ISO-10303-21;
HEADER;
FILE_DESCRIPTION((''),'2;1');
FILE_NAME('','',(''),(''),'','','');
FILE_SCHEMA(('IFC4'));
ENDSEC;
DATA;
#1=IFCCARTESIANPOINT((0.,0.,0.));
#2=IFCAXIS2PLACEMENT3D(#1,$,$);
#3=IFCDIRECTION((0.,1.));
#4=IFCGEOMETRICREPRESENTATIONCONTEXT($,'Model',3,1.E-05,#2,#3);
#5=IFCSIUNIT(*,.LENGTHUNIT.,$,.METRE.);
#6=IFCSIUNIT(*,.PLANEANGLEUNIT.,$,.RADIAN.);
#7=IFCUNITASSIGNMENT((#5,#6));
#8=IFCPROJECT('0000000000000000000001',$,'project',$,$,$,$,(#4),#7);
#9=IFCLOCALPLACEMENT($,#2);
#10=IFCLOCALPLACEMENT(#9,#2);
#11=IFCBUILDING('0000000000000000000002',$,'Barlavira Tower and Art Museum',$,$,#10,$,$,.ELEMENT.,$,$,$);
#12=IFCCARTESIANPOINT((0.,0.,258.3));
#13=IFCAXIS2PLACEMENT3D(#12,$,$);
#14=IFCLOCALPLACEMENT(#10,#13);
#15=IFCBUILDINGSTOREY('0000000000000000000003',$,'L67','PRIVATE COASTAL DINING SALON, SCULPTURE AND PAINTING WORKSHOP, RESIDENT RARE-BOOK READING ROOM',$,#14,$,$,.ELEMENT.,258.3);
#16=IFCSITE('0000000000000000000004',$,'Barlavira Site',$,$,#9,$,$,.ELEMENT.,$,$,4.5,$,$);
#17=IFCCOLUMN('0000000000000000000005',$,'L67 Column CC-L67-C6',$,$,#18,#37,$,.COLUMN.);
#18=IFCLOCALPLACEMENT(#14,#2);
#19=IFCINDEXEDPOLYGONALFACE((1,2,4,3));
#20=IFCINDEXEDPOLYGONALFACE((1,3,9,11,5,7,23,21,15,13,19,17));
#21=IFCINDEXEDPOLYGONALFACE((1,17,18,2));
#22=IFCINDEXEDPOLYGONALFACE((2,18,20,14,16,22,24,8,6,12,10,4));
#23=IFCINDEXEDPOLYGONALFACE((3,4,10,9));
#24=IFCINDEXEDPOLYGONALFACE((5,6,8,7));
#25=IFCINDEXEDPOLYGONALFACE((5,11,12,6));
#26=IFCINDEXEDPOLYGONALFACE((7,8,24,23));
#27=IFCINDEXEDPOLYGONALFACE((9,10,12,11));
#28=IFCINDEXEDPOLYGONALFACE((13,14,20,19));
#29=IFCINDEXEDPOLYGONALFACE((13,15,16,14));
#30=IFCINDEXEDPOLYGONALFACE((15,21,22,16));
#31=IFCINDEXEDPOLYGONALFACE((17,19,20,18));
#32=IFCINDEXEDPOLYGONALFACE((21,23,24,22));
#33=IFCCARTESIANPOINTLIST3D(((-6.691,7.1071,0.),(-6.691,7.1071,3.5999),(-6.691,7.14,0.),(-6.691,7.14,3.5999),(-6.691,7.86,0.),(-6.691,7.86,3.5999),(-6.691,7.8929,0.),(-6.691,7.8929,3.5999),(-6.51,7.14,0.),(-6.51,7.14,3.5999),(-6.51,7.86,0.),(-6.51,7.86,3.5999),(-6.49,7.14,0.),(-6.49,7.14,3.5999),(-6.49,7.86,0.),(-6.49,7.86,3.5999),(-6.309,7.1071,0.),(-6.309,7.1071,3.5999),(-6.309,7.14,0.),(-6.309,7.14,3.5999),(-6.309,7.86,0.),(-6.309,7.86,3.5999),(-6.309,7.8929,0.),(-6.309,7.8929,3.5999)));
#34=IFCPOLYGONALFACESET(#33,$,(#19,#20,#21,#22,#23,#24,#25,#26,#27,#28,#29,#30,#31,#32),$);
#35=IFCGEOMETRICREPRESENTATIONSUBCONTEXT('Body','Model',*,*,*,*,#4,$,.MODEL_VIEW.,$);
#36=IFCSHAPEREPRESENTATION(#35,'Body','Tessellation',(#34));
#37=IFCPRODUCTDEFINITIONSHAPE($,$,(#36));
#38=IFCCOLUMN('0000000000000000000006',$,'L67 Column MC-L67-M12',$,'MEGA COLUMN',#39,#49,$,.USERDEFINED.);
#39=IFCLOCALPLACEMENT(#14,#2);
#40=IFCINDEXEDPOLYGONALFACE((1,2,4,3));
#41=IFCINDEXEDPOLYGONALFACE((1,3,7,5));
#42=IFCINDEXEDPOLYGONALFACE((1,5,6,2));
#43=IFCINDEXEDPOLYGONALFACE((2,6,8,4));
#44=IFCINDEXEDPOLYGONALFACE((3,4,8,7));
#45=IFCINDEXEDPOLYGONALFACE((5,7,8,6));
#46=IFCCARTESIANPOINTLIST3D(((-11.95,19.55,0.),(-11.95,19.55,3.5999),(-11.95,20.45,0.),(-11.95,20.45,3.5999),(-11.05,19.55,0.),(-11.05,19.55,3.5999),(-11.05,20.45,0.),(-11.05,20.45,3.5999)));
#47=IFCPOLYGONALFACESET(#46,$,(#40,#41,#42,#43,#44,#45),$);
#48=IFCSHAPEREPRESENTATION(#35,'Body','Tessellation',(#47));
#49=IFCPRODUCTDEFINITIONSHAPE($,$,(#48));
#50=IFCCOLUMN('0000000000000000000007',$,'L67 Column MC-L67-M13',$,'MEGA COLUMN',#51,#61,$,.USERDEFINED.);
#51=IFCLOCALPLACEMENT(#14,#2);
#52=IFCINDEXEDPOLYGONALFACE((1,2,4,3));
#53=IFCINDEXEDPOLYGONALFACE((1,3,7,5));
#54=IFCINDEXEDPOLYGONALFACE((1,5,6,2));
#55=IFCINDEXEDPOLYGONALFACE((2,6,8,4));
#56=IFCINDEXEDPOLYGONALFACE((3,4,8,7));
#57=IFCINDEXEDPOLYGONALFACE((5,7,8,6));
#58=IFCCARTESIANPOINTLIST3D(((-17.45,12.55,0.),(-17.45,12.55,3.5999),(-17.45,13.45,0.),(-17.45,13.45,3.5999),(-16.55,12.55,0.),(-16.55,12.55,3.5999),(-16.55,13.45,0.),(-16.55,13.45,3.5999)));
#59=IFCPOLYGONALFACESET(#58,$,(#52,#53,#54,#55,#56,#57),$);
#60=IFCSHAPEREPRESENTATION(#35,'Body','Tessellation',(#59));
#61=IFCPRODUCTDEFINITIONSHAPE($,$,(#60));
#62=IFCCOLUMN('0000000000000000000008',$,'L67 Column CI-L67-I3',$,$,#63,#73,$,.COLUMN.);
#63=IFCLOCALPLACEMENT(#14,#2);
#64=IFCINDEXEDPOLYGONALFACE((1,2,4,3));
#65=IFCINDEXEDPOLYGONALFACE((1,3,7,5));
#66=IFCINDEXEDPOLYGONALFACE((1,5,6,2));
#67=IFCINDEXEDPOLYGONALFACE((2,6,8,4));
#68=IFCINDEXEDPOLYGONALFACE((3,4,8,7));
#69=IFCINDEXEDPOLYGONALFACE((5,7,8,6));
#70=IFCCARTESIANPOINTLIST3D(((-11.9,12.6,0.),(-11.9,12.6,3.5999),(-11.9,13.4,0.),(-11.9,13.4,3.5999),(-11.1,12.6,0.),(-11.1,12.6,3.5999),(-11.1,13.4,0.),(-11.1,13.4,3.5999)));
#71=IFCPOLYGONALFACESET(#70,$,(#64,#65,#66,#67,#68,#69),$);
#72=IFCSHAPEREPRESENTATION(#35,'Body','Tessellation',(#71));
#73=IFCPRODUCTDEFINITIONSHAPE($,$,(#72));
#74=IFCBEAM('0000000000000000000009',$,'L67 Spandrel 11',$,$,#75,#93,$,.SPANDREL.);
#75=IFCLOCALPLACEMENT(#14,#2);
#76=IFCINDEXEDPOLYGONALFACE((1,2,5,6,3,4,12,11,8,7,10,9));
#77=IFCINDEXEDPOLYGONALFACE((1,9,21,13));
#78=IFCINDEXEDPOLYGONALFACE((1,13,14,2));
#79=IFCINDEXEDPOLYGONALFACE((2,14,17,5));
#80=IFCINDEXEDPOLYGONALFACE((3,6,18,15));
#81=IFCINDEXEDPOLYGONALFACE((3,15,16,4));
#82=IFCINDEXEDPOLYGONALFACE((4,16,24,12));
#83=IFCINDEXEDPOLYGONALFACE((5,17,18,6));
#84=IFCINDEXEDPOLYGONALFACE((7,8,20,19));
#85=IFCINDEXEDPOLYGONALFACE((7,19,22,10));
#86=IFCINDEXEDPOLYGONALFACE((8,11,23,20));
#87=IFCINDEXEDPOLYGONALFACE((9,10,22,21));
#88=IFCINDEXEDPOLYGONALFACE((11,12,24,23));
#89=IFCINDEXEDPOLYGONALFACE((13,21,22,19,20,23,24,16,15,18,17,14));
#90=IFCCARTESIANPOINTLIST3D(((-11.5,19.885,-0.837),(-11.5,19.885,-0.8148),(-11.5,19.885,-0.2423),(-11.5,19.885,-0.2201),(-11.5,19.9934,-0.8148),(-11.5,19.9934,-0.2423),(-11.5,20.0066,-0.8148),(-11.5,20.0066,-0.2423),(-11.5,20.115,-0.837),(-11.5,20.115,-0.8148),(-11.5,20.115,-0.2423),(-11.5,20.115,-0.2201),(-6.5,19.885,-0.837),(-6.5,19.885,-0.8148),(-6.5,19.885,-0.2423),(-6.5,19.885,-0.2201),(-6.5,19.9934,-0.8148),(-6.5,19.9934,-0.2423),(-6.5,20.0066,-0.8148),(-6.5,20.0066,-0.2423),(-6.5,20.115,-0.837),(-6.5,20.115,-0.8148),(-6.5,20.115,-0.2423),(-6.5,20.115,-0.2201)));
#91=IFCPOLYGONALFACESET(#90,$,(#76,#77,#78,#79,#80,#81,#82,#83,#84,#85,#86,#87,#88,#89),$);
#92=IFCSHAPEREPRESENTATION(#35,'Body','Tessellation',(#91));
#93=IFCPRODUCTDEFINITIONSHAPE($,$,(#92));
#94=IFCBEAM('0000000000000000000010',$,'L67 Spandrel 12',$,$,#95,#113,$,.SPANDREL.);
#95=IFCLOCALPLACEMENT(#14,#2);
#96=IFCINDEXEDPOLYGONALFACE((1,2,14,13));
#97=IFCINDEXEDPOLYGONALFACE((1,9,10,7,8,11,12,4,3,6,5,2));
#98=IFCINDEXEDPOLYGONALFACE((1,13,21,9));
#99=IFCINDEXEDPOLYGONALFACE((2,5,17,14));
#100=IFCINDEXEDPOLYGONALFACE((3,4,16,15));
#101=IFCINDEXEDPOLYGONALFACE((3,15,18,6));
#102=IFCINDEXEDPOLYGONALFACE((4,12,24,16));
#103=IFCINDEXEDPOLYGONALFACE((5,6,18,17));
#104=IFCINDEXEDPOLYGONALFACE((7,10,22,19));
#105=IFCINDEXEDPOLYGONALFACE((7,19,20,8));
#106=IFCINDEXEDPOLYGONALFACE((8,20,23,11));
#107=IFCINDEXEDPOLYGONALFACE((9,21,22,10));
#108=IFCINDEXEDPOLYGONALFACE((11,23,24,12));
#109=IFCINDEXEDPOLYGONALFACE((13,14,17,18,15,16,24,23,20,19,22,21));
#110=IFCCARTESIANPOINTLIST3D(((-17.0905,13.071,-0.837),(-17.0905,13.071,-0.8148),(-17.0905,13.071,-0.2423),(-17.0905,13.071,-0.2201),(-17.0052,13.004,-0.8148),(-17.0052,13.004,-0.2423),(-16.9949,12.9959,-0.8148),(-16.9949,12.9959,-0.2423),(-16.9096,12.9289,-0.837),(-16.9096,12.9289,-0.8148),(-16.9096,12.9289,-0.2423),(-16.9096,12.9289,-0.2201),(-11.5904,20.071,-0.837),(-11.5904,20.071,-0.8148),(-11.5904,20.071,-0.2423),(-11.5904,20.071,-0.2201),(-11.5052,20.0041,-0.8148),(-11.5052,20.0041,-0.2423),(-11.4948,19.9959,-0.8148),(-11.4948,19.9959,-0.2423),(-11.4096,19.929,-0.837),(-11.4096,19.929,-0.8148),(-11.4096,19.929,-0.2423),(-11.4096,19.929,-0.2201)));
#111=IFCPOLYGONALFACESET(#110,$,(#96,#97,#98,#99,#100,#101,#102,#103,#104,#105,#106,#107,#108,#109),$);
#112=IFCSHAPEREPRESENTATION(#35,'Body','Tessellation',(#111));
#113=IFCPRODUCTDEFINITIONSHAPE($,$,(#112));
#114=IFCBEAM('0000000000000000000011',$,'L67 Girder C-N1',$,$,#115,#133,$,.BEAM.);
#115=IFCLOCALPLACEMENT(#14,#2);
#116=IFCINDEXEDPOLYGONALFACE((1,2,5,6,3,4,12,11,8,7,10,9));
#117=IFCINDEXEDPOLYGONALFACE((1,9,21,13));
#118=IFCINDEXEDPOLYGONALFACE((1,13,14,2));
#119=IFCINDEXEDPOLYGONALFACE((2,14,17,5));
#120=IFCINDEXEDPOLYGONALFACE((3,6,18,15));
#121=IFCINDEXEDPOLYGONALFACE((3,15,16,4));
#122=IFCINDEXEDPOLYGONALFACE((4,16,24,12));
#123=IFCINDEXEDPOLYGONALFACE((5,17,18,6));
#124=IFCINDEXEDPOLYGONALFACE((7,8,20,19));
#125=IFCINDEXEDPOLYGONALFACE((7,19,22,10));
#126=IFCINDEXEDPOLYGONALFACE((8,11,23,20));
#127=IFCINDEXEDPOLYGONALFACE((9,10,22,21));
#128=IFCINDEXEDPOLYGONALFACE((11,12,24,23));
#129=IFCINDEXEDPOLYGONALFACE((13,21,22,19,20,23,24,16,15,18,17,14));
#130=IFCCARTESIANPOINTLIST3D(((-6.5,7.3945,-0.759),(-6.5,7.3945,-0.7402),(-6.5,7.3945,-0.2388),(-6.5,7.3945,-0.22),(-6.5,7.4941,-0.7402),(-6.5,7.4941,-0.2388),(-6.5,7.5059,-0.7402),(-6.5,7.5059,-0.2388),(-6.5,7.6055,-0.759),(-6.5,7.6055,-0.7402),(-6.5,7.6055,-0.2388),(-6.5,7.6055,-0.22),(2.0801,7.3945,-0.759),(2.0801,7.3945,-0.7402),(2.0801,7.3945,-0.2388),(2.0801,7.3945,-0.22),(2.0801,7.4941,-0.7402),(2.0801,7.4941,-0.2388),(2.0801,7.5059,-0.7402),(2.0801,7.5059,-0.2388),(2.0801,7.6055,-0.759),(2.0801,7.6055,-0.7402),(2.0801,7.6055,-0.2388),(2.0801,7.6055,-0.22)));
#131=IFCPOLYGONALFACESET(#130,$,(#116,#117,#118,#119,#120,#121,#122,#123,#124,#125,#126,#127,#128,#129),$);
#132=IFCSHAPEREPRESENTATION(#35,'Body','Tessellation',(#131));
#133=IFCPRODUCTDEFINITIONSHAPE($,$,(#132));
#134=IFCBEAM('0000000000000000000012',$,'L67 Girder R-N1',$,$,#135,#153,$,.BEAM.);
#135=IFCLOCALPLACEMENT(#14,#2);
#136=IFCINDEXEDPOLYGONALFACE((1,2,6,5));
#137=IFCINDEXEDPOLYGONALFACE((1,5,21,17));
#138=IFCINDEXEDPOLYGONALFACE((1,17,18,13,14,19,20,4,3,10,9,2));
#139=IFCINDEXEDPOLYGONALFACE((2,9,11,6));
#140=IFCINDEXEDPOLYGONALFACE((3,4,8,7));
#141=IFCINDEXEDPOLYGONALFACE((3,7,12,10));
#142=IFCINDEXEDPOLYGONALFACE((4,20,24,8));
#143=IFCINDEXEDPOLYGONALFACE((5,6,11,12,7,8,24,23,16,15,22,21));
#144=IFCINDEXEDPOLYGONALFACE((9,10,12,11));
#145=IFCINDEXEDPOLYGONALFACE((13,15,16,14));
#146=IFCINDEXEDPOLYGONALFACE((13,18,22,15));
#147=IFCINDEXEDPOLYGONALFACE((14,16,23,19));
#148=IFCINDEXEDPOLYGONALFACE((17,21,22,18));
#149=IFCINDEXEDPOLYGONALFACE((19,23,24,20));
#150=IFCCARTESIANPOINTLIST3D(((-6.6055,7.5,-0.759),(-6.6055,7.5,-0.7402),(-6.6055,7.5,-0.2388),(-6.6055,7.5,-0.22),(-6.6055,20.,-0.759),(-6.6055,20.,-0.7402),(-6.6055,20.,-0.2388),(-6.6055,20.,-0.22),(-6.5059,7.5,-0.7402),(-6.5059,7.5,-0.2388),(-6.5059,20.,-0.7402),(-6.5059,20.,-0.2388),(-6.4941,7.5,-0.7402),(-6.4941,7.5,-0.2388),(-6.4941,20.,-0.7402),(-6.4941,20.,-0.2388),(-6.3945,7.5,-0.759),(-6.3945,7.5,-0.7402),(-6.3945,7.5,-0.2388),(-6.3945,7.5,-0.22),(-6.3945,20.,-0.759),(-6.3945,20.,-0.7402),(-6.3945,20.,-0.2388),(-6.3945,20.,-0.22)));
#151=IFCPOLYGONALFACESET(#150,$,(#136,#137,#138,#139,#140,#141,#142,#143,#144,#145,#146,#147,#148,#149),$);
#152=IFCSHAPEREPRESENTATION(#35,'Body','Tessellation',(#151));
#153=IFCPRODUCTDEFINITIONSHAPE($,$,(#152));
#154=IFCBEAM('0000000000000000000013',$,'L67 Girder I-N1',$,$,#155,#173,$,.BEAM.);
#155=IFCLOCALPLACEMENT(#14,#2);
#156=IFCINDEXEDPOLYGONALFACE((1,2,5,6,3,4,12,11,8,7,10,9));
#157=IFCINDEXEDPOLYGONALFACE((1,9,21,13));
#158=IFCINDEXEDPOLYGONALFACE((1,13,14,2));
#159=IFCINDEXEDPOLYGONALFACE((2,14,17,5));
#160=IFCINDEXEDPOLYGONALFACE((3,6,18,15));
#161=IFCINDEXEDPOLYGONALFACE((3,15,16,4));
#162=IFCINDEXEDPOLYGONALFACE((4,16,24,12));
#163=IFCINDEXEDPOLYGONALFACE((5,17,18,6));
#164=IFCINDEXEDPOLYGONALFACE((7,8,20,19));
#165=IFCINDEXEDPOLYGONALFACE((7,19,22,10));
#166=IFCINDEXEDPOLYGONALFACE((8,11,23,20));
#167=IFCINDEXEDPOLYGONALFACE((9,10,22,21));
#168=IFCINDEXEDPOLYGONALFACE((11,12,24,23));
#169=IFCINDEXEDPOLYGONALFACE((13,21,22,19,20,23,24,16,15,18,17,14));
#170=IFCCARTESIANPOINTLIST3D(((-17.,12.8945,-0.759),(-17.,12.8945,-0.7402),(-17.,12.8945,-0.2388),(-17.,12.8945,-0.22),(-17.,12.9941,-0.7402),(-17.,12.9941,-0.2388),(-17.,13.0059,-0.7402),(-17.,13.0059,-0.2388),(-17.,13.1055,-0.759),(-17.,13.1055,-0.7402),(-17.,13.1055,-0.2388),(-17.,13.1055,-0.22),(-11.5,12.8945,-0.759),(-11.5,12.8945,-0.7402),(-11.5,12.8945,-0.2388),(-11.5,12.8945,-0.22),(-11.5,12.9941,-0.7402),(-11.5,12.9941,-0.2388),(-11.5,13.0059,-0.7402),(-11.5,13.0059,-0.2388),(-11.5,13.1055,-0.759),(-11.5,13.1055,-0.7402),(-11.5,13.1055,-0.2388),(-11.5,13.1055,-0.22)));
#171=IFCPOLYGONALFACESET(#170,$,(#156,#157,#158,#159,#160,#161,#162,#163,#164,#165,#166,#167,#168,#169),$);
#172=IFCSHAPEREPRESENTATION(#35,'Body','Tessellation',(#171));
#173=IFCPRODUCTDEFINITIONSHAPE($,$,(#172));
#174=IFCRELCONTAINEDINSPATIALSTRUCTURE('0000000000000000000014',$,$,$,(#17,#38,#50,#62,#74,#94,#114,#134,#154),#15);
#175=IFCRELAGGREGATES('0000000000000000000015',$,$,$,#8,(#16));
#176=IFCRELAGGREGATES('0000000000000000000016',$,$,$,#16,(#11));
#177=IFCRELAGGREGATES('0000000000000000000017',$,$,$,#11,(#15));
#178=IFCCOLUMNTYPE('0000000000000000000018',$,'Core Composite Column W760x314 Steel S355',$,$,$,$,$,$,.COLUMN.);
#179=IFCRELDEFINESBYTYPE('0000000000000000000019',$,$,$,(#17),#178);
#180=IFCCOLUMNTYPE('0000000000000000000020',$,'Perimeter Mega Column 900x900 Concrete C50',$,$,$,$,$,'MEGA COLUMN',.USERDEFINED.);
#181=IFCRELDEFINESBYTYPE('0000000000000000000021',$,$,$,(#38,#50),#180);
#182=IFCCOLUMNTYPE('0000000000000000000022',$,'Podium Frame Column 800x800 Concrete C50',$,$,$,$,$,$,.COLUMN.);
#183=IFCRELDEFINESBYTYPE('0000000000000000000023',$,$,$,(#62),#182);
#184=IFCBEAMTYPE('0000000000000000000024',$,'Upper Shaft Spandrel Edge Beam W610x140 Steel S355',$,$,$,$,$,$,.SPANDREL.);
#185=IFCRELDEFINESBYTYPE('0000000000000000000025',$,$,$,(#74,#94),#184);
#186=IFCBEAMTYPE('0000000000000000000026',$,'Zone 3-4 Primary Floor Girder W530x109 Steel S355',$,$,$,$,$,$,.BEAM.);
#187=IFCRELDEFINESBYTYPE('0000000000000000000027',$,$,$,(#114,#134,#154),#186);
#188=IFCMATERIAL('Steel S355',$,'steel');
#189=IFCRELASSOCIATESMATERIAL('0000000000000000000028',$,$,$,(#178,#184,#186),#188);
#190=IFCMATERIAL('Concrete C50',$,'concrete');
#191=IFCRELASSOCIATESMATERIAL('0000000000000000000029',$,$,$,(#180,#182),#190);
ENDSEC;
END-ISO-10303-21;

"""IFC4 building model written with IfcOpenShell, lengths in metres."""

from ifc_helpers import new_model, si_unit, direction, frame, origin, origin_2d, place, context, subcontext, project, spatial, rectangle, i_section, extrude, material, material_profile, profile_set, type_object, element, save


model = new_model("IFC4")

# Units and contexts
model_context = context("Model", 3, precision=1e-05, world=origin(), true_north=direction((0.0, 1.0)))
body_context = subcontext(model_context, "Body", "Model", "MODEL_VIEW")
ifc_project = project(units=[si_unit("LENGTHUNIT", "METRE"), si_unit("PLANEANGLEUNIT", "RADIAN")], contexts=[model_context])

# Site, building, storey
site_placement = place(None, origin())
site = spatial("IfcSite", under=ifc_project, at=site_placement, Name="Barlavira Site", CompositionType="ELEMENT", RefElevation=4.5)
building_placement = place(site_placement, origin())
building = spatial("IfcBuilding", under=site, at=building_placement, Name="Barlavira Tower and Art Museum", CompositionType="ELEMENT")
storey_placement = place(building_placement, frame((0.0, 0.0, 258.3)))
storey = spatial("IfcBuildingStorey", under=building, at=storey_placement, Name="L67", Description="PRIVATE COASTAL DINING SALON, SCULPTURE AND PAINTING WORKSHOP, RESIDENT RARE-BOOK READING ROOM", CompositionType="ELEMENT", Elevation=258.3)

# Columns
ifc_material_1 = material(Name="Steel S355", Category="steel")
ifc_material_profile_1 = material_profile(ifc_material_1, i_section(OverallWidth=0.3821, OverallDepth=0.7859, WebThickness=0.02, FlangeThickness=0.033, at=origin_2d()), Name="W760x314.0")
ifc_profile_set_1 = profile_set([ifc_material_profile_1], Name="Steel S355")
column_type_1 = type_object("IfcColumnType", Name="Core Composite Column W760x314 Steel S355", PredefinedType="COLUMN", material=ifc_profile_set_1)
column_1_placement = place(storey_placement, frame((-6.5, 7.5, 0.0), z_axis=(0.0, 0.0, 1.0), x_axis=(1.0, 0.0, 0.0)))
element("IfcColumn", 1, at=column_1_placement, inside=storey, type_object=column_type_1, Name="L67 Column CC-L67-C6", PredefinedType="COLUMN", context=body_context, shape_type="SweptSolid", body=[
    extrude(i_section(OverallWidth=0.3821, OverallDepth=0.7859, WebThickness=0.02, FlangeThickness=0.033, at=origin_2d()), origin(), (0.0, 0.0, 1.0), 3.5999),
])
ifc_material_2 = material(Name="Concrete C50", Category="concrete")
ifc_material_profile_2 = material_profile(ifc_material_2, rectangle(XDim=0.8999, YDim=0.8999, at=origin_2d()), Name="RC-COL 900x900")
ifc_profile_set_2 = profile_set([ifc_material_profile_2], Name="Concrete C50")
column_type_2 = type_object("IfcColumnType", Name="Perimeter Mega Column 900x900 Concrete C50", ElementType="MEGA COLUMN", PredefinedType="USERDEFINED", material=ifc_profile_set_2)
for number, where, z_axis, x_axis, name in (
    (2, (-11.5, 20.0, 0.0), (0.0, 0.0, 1.0), (1.0, 0.0, 0.0), "L67 Column MC-L67-M12"),
    (3, (-17.0, 13.0, 0.0), (0.0, 0.0, 1.0), (1.0, 0.0, 0.0), "L67 Column MC-L67-M13"),
):
    element("IfcColumn", number, at=place(storey_placement, frame(where, z_axis=z_axis, x_axis=x_axis)), inside=storey, type_object=column_type_2, Name=name, ObjectType="MEGA COLUMN", PredefinedType="USERDEFINED", context=body_context, shape_type="SweptSolid", body=[
        extrude(rectangle(XDim=0.8999, YDim=0.8999, at=origin_2d()), origin(), (0.0, 0.0, 1.0), 3.5999),
    ])
ifc_material_profile_3 = material_profile(ifc_material_2, rectangle(XDim=0.8, YDim=0.8, at=origin_2d()), Name="RC-COL 800x800")
ifc_profile_set_3 = profile_set([ifc_material_profile_3], Name="Concrete C50")
column_type_3 = type_object("IfcColumnType", Name="Podium Frame Column 800x800 Concrete C50", PredefinedType="COLUMN", material=ifc_profile_set_3)
column_2_placement = place(storey_placement, frame((-11.5, 13.0, 0.0), z_axis=(0.0, 0.0, 1.0), x_axis=(1.0, 0.0, 0.0)))
element("IfcColumn", 4, at=column_2_placement, inside=storey, type_object=column_type_3, Name="L67 Column CI-L67-I3", PredefinedType="COLUMN", context=body_context, shape_type="SweptSolid", body=[
    extrude(rectangle(XDim=0.8, YDim=0.8, at=origin_2d()), origin(), (0.0, 0.0, 1.0), 3.5999),
])

# Beams
ifc_material_profile_4 = material_profile(ifc_material_1, i_section(OverallWidth=0.23, OverallDepth=0.6169, WebThickness=0.0132, FlangeThickness=0.0222, at=origin_2d()), Name="W610x140.0")
ifc_profile_set_4 = profile_set([ifc_material_profile_4], Name="Steel S355")
beam_type_1 = type_object("IfcBeamType", Name="Upper Shaft Spandrel Edge Beam W610x140 Steel S355", PredefinedType="SPANDREL", material=ifc_profile_set_4)
beam_1_placement = place(storey_placement, frame((-11.5, 20.0, -0.5286), z_axis=(1.0, 0.0, 0.0), x_axis=(0.0, 1.0, 0.0)))
element("IfcBeam", 5, at=beam_1_placement, inside=storey, type_object=beam_type_1, Name="L67 Spandrel 11", PredefinedType="SPANDREL", context=body_context, shape_type="SweptSolid", body=[
    extrude(i_section(OverallWidth=0.23, OverallDepth=0.6169, WebThickness=0.0132, FlangeThickness=0.0222, at=origin_2d()), origin(), (0.0, 0.0, 1.0), 5.0),
])
beam_2_placement = place(storey_placement, frame((-11.5, 20.0, -0.5286), z_axis=(-0.617822, -0.786318, 0.0), x_axis=(0.786318, -0.617822, 0.0)))
element("IfcBeam", 6, at=beam_2_placement, inside=storey, type_object=beam_type_1, Name="L67 Spandrel 12", PredefinedType="SPANDREL", context=body_context, shape_type="SweptSolid", body=[
    extrude(i_section(OverallWidth=0.23, OverallDepth=0.6169, WebThickness=0.0132, FlangeThickness=0.0222, at=origin_2d()), origin(), (0.0, 0.0, 1.0), 8.9023),
])
ifc_material_profile_5 = material_profile(ifc_material_1, i_section(OverallWidth=0.2109, OverallDepth=0.5391, WebThickness=0.0117, FlangeThickness=0.0188, at=origin_2d()), Name="W530x109.0")
ifc_profile_set_5 = profile_set([ifc_material_profile_5], Name="Steel S355")
beam_type_2 = type_object("IfcBeamType", Name="Zone 3-4 Primary Floor Girder W530x109 Steel S355", PredefinedType="BEAM", material=ifc_profile_set_5)
beam_3_placement = place(storey_placement, frame((-6.5, 7.5, -0.4895), z_axis=(1.0, 0.0, 0.0), x_axis=(0.0, 1.0, 0.0)))
element("IfcBeam", 7, at=beam_3_placement, inside=storey, type_object=beam_type_2, Name="L67 Girder C-N1", PredefinedType="BEAM", context=body_context, shape_type="SweptSolid", body=[
    extrude(i_section(OverallWidth=0.2109, OverallDepth=0.5391, WebThickness=0.0117, FlangeThickness=0.0188, at=origin_2d()), origin(), (0.0, 0.0, 1.0), 8.5801),
])
beam_4_placement = place(storey_placement, frame((-6.5, 7.5, -0.4895), z_axis=(0.0, 1.0, 0.0), x_axis=(-1.0, 0.0, 0.0)))
element("IfcBeam", 8, at=beam_4_placement, inside=storey, type_object=beam_type_2, Name="L67 Girder R-N1", PredefinedType="BEAM", context=body_context, shape_type="SweptSolid", body=[
    extrude(i_section(OverallWidth=0.2109, OverallDepth=0.5391, WebThickness=0.0117, FlangeThickness=0.0188, at=origin_2d()), origin(), (0.0, 0.0, 1.0), 12.5),
])
beam_5_placement = place(storey_placement, frame((-17.0, 13.0, -0.4895), z_axis=(1.0, 0.0, 0.0), x_axis=(0.0, 1.0, 0.0)))
element("IfcBeam", 9, at=beam_5_placement, inside=storey, type_object=beam_type_2, Name="L67 Girder I-N1", PredefinedType="BEAM", context=body_context, shape_type="SweptSolid", body=[
    extrude(i_section(OverallWidth=0.2109, OverallDepth=0.5391, WebThickness=0.0117, FlangeThickness=0.0188, at=origin_2d()), origin(), (0.0, 0.0, 1.0), 5.5),
])

save(model, "model.ifc")
